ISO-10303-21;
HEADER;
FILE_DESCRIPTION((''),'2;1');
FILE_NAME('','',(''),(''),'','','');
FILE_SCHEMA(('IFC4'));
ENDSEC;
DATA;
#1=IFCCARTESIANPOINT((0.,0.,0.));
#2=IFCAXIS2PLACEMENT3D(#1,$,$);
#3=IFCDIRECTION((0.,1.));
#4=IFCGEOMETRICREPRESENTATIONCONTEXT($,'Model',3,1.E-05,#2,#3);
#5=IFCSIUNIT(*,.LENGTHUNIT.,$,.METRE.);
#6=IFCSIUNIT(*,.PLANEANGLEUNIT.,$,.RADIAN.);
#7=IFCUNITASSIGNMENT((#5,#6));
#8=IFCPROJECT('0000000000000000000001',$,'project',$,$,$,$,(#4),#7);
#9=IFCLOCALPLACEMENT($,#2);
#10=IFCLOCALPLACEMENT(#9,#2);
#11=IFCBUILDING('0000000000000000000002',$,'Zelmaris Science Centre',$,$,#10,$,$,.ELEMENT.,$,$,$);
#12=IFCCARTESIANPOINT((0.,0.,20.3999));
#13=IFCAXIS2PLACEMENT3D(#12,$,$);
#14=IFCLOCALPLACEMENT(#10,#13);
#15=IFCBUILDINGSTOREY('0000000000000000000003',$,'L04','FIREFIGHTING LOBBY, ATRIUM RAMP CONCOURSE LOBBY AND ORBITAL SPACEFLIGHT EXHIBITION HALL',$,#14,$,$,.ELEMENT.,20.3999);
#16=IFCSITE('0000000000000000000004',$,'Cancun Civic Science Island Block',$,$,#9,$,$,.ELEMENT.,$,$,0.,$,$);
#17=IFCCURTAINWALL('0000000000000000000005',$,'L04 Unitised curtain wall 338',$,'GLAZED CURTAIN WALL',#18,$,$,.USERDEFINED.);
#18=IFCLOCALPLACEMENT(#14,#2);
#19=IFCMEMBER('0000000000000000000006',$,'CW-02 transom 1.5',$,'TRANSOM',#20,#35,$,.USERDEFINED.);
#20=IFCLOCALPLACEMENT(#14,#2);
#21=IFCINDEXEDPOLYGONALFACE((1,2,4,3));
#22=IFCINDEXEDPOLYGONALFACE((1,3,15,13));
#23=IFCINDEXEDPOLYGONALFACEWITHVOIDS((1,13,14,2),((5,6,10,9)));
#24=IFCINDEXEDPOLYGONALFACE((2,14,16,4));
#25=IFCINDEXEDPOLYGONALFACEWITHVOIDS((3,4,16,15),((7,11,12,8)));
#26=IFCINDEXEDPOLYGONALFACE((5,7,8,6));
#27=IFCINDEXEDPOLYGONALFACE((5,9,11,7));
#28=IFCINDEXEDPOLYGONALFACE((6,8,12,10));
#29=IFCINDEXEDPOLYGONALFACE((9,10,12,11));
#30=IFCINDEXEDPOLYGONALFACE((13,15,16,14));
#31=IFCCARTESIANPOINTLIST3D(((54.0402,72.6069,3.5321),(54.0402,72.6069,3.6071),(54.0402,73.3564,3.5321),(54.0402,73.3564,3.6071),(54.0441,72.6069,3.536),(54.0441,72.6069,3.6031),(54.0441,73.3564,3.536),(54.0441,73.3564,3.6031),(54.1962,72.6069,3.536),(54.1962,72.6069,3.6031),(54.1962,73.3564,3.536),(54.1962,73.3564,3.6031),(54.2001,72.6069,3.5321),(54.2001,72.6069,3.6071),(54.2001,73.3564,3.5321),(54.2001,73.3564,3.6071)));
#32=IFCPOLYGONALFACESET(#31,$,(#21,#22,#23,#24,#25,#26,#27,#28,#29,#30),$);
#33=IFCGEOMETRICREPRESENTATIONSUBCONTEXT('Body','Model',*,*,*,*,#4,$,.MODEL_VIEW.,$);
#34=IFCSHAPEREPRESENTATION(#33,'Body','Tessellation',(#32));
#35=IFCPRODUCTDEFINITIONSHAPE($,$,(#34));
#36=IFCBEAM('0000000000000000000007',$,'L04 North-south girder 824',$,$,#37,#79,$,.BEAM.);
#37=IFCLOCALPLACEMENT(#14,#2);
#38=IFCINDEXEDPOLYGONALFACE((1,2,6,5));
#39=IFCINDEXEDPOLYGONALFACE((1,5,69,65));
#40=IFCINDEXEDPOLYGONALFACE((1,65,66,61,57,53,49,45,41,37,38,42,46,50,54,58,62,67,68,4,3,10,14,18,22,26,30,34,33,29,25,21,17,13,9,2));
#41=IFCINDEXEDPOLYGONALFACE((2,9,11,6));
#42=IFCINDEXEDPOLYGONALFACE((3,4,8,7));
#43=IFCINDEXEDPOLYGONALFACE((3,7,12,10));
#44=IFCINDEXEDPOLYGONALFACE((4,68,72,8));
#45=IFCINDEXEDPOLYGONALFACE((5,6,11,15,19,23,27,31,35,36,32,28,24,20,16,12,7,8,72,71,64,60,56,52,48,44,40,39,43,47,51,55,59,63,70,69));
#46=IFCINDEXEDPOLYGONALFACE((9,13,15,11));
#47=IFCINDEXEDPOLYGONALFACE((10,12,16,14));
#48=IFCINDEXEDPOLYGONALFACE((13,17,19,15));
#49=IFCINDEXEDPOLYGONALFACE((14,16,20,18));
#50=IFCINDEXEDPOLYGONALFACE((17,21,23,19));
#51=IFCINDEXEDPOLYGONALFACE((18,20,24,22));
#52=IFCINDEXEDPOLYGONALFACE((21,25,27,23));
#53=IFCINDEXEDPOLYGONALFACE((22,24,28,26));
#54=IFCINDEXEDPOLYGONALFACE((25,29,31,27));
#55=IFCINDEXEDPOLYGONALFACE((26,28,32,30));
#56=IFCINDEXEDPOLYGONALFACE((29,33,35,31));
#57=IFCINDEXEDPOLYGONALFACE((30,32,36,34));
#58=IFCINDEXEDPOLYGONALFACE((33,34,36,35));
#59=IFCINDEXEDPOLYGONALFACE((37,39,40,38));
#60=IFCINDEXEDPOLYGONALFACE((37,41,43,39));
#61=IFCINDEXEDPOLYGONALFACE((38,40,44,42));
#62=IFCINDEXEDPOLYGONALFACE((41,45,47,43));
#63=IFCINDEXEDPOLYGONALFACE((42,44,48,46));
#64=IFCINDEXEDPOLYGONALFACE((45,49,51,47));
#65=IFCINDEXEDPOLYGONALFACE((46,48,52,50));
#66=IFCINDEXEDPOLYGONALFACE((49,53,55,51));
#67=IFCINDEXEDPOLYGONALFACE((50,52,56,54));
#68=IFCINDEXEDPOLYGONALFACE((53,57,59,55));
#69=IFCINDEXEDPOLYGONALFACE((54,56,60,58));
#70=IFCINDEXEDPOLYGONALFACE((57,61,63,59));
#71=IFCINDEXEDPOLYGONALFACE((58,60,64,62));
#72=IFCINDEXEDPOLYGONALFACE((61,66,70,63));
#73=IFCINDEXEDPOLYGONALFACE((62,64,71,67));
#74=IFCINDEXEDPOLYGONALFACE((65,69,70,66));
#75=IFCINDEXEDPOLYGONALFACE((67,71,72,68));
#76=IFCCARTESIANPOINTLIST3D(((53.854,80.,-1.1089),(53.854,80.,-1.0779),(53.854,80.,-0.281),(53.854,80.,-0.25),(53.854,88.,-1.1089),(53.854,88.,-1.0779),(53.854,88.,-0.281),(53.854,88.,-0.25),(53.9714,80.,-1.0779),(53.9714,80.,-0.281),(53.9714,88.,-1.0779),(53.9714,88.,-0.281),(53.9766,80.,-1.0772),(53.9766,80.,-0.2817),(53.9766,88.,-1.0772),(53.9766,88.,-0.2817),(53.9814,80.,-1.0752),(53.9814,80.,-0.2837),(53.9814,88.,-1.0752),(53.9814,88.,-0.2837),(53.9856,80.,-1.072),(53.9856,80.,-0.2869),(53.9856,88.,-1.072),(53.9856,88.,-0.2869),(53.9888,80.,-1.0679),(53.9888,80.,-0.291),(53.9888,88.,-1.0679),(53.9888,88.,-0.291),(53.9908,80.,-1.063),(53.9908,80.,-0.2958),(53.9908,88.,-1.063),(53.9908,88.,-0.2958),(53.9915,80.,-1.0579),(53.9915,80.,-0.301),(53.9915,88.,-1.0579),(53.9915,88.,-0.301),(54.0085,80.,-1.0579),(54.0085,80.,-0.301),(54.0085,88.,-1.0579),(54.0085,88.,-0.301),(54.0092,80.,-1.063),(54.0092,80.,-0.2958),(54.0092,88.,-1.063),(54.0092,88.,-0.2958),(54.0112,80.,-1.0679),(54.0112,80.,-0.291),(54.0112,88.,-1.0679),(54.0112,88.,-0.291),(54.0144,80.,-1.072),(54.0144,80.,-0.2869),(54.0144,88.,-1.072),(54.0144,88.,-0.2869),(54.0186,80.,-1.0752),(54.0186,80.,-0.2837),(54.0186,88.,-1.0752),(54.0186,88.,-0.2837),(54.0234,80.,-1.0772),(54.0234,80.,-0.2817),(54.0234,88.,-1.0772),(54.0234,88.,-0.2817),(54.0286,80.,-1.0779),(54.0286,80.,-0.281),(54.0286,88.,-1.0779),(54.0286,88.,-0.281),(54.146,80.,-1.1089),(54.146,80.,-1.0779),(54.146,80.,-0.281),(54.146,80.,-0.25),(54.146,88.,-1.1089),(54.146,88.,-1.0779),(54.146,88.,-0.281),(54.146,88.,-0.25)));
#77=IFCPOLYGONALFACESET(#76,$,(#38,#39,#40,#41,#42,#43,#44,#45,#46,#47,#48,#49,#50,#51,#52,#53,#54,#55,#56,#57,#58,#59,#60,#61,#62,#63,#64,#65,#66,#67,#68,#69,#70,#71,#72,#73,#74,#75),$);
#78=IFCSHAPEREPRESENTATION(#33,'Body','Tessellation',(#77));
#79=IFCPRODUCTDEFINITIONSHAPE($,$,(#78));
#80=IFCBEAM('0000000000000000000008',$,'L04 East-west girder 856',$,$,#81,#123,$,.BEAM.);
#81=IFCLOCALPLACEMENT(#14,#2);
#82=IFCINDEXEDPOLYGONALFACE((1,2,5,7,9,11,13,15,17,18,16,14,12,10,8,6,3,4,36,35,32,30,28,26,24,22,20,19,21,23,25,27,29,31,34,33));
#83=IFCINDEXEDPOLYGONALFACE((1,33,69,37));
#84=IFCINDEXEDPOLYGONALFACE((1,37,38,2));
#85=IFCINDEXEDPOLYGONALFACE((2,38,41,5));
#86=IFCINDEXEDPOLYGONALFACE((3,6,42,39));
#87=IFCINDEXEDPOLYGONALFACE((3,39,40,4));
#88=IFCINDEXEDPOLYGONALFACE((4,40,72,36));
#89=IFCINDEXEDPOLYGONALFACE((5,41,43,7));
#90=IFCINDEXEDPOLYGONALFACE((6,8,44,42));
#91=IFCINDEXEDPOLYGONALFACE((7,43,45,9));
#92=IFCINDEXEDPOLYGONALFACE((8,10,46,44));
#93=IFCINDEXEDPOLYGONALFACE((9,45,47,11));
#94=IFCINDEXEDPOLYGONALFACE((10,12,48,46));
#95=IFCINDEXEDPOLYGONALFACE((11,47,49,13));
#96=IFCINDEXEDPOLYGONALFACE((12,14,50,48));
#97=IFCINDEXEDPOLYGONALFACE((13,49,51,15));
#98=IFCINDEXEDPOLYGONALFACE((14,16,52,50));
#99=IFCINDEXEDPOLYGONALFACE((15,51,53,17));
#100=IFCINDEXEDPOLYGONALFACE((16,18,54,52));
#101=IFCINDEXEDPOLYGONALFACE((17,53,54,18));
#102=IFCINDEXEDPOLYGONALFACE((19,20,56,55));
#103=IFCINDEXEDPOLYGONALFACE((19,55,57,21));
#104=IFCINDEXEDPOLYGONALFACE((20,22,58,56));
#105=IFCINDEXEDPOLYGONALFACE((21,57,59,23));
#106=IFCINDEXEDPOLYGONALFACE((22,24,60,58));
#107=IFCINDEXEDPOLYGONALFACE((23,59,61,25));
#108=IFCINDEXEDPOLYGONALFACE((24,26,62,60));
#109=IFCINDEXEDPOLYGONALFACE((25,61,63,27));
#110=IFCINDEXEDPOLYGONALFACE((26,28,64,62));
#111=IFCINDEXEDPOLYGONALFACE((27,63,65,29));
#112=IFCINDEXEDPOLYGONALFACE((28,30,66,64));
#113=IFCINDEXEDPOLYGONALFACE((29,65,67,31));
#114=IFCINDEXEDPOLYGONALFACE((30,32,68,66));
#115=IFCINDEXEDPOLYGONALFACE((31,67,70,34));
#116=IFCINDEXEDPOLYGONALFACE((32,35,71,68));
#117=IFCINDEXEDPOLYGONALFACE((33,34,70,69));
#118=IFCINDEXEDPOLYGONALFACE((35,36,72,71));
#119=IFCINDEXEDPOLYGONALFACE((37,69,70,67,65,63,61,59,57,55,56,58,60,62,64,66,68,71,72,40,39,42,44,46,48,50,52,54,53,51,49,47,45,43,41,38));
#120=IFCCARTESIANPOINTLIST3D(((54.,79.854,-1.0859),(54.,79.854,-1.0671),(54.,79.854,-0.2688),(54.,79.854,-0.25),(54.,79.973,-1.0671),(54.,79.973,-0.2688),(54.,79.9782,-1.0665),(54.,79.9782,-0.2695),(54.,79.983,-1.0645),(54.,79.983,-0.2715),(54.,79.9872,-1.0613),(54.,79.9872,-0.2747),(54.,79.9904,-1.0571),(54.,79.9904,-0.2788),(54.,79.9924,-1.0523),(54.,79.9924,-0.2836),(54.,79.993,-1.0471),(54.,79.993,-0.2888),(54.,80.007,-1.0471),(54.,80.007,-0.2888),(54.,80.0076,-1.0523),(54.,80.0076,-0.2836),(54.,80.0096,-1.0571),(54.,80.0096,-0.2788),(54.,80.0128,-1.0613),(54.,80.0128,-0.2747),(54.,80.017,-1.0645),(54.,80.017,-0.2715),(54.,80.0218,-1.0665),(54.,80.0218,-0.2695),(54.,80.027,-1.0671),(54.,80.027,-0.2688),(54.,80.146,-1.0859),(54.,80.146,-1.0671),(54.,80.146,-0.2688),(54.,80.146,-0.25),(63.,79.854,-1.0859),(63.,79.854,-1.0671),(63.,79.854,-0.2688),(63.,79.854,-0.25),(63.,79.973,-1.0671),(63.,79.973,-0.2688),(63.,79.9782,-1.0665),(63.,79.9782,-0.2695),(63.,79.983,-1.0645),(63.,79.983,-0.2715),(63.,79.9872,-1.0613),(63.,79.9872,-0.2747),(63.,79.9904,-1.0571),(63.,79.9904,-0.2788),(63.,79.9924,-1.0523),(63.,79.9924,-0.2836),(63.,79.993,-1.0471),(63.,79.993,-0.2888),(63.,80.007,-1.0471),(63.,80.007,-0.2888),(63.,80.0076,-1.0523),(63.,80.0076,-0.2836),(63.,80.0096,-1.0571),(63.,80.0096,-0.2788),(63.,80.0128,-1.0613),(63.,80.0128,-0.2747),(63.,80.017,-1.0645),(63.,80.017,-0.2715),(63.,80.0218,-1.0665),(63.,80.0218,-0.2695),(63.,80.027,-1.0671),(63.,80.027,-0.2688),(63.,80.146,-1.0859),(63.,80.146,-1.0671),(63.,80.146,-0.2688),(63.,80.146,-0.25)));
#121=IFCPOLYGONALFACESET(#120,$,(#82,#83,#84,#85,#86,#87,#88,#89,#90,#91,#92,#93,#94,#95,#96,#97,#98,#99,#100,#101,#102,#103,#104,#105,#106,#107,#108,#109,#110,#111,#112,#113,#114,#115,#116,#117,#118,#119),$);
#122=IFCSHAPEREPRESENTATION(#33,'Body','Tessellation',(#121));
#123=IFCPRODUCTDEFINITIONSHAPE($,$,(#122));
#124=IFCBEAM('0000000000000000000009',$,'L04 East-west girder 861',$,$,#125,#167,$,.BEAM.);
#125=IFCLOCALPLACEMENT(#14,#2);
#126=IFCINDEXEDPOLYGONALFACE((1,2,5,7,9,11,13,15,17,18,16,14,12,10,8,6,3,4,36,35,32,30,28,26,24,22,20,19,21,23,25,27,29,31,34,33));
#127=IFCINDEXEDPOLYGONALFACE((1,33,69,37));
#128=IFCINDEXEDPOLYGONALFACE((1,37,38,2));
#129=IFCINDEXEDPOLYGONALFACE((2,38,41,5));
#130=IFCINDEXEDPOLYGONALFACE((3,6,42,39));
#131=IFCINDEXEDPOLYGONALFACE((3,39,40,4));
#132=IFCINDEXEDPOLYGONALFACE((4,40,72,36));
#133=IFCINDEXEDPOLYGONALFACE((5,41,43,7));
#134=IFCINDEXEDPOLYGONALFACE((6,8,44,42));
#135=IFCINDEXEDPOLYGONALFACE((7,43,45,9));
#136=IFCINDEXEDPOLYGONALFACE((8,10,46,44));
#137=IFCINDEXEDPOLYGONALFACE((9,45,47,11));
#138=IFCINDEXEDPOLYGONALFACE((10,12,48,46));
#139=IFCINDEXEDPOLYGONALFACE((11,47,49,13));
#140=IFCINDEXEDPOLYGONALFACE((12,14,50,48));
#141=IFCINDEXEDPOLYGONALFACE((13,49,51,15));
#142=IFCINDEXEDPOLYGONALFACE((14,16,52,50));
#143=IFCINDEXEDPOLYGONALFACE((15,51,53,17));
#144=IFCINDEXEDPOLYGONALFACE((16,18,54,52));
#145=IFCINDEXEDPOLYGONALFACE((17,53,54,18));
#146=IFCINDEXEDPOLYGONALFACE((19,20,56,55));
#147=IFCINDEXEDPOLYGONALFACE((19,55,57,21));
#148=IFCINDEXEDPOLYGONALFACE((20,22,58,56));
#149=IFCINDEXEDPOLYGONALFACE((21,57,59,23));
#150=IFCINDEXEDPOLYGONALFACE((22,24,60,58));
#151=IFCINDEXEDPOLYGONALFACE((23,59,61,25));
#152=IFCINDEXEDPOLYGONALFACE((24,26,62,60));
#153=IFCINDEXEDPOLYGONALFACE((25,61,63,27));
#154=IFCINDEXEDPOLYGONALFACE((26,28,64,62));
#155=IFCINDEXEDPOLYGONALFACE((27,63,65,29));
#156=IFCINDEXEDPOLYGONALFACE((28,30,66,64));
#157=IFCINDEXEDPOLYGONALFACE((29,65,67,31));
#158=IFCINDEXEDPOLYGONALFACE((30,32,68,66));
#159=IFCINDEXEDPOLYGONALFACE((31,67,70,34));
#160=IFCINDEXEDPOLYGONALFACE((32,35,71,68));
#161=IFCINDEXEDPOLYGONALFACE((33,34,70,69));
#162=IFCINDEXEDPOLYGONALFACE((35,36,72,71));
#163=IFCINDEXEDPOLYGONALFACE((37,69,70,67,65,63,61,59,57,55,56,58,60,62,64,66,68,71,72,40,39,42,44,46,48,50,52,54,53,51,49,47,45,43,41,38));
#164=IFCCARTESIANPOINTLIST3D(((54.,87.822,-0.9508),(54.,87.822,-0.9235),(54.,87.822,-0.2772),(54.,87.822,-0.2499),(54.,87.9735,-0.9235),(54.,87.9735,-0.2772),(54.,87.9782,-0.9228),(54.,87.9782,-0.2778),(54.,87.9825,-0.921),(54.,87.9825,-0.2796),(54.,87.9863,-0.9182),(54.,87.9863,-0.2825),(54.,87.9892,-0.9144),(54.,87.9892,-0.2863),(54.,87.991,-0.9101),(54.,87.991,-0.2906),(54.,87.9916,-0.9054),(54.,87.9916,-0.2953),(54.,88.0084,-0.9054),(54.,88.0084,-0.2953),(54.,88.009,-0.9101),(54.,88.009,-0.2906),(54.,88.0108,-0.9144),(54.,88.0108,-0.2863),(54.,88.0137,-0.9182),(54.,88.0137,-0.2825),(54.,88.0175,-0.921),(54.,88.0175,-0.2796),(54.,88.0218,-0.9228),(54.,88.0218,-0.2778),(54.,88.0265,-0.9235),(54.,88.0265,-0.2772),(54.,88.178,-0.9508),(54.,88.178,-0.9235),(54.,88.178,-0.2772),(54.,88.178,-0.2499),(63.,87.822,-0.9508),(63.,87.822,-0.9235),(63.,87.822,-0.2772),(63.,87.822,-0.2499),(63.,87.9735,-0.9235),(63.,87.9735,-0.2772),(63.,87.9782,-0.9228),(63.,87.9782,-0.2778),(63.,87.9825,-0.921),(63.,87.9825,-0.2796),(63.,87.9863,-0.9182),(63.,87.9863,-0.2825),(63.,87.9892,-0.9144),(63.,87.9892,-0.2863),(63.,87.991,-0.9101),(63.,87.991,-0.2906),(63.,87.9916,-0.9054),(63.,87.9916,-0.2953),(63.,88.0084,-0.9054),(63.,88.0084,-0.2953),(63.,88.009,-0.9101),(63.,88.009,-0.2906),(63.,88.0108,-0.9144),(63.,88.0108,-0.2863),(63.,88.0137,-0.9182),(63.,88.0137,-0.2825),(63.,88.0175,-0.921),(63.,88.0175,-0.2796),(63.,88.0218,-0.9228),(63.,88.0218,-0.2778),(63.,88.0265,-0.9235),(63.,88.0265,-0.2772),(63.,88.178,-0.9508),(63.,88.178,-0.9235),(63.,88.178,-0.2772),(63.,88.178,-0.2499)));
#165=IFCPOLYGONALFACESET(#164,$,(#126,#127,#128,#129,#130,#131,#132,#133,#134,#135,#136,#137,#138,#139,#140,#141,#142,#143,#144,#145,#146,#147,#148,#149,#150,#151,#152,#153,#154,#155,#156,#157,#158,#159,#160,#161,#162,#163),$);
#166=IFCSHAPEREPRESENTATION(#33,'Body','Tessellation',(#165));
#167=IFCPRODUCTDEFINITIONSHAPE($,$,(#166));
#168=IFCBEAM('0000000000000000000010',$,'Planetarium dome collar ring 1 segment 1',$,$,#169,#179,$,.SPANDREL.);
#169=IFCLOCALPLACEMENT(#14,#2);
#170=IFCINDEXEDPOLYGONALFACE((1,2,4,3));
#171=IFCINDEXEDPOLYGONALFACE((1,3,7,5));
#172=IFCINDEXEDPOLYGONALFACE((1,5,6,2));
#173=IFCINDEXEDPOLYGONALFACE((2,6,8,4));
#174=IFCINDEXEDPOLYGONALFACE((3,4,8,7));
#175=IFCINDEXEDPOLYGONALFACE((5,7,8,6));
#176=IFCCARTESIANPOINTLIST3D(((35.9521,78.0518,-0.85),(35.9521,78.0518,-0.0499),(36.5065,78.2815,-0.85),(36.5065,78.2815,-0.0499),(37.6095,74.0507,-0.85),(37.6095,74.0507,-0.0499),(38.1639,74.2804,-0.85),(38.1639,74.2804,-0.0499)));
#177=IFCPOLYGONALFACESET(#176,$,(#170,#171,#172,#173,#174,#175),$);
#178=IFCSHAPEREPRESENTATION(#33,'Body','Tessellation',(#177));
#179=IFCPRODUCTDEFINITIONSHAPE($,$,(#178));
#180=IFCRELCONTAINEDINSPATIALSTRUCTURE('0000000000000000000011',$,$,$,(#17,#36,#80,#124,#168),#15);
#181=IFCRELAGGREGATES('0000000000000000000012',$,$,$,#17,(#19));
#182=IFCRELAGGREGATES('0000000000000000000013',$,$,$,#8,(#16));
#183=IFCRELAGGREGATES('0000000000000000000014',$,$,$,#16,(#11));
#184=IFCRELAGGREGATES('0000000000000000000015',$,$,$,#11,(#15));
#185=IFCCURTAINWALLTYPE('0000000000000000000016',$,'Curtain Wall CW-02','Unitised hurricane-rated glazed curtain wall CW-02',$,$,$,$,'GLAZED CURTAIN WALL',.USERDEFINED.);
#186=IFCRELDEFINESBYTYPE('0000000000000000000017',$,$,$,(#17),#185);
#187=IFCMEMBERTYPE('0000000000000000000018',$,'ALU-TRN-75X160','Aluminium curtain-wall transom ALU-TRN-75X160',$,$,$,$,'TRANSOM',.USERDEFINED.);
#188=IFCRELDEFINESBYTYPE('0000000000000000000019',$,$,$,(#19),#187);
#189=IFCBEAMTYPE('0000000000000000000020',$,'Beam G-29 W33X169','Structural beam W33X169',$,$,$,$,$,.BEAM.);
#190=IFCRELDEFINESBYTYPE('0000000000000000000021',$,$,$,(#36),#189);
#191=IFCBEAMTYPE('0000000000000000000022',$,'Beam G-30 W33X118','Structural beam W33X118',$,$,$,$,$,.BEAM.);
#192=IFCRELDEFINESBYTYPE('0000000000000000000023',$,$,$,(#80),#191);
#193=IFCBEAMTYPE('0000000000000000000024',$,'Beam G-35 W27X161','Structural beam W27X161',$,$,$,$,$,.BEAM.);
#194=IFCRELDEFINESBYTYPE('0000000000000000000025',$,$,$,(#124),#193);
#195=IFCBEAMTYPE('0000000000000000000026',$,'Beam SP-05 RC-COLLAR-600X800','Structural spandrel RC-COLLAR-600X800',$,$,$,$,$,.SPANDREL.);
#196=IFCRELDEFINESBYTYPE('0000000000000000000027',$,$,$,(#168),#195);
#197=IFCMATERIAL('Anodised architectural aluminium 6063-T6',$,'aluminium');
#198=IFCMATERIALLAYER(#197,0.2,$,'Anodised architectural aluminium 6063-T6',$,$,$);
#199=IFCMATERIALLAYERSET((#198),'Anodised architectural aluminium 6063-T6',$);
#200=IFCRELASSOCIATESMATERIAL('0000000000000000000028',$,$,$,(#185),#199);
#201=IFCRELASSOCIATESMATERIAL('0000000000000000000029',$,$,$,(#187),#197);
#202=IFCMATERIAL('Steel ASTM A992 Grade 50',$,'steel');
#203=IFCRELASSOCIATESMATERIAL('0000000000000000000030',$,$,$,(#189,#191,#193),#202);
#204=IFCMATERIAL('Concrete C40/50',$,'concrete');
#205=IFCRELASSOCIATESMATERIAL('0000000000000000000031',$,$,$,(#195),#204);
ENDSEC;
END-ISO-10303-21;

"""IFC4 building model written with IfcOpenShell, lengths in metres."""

from ifc_helpers import new_model, si_unit, direction, frame, origin, origin_2d, place, context, subcontext, project, spatial, rectangle, hollow_rectangle, i_section, extrude, material, layer, layer_set, material_profile, profile_set, type_object, element, aggregate, save


model = new_model("IFC4")

# Units and contexts
model_context = context("Model", 3, precision=1e-05, world=origin(), true_north=direction((0.0, 1.0)))
body_context = subcontext(model_context, "Body", "Model", "MODEL_VIEW")
ifc_project = project(units=[si_unit("LENGTHUNIT", "METRE"), si_unit("PLANEANGLEUNIT", "RADIAN")], contexts=[model_context])

# Site, building, storey
site_placement = place(None, origin())
site = spatial("IfcSite", under=ifc_project, at=site_placement, Name="Cancun Civic Science Island Block", CompositionType="ELEMENT", RefElevation=0.0)
building_placement = place(site_placement, origin())
building = spatial("IfcBuilding", under=site, at=building_placement, Name="Zelmaris Science Centre", CompositionType="ELEMENT")
storey_placement = place(building_placement, frame((0.0, 0.0, 20.3999)))
storey = spatial("IfcBuildingStorey", under=building, at=storey_placement, Name="L04", Description="FIREFIGHTING LOBBY, ATRIUM RAMP CONCOURSE LOBBY AND ORBITAL SPACEFLIGHT EXHIBITION HALL", CompositionType="ELEMENT", Elevation=20.3999)

# Shared definitions
ifc_material_1 = material(Name="Steel ASTM A992 Grade 50", Category="steel")

# Curtain wall, member
ifc_material_2 = material(Name="Anodised architectural aluminium 6063-T6", Category="aluminium")
ifc_layer_1 = layer(ifc_material_2, 0.2, Name="Anodised architectural aluminium 6063-T6")
ifc_layer_set_1 = layer_set([ifc_layer_1], Name="Anodised architectural aluminium 6063-T6")
curtain_wall_type = type_object("IfcCurtainWallType", Name="Curtain Wall CW-02", Description="Unitised hurricane-rated glazed curtain wall CW-02", ElementType="GLAZED CURTAIN WALL", PredefinedType="USERDEFINED", material=ifc_layer_set_1)
curtain_wall_placement = place(storey_placement, origin())
curtain_wall = element("IfcCurtainWall", 1, at=curtain_wall_placement, inside=storey, type_object=curtain_wall_type, Name="L04 Unitised curtain wall 338", ObjectType="GLAZED CURTAIN WALL", PredefinedType="USERDEFINED")
ifc_material_profile_1 = material_profile(ifc_material_2, hollow_rectangle(XDim=0.075, YDim=0.1599, WallThickness=0.0039, at=origin_2d()), Name="ALU-TRN-75X160")
ifc_profile_set_1 = profile_set([ifc_material_profile_1], Name="Anodised architectural aluminium 6063-T6")
member_type_1 = type_object("IfcMemberType", Name="ALU-TRN-75X160", Description="Aluminium curtain-wall transom ALU-TRN-75X160", ElementType="TRANSOM", PredefinedType="USERDEFINED", material=ifc_profile_set_1)
member_1_placement = place(storey_placement, frame((54.1201, 72.6069, 3.5696), z_axis=(0.0, 1.0, 0.0), x_axis=(0.0, 0.0, 1.0)))
member_1 = element("IfcMember", 2, at=member_1_placement, type_object=member_type_1, Name="CW-02 transom 1.5", ObjectType="TRANSOM", PredefinedType="USERDEFINED", context=body_context, shape_type="SweptSolid", body=[
    extrude(hollow_rectangle(XDim=0.075, YDim=0.1599, WallThickness=0.0039, at=origin_2d()), origin(), (0.0, 0.0, 1.0), 0.7495),
])

# Beams
ifc_material_profile_2 = material_profile(ifc_material_1, i_section(OverallWidth=0.292, OverallDepth=0.8589, WebThickness=0.0171, FlangeThickness=0.031, FilletRadius=0.02, at=origin_2d()), Name="W33X169")
ifc_profile_set_2 = profile_set([ifc_material_profile_2], Name="Steel ASTM A992 Grade 50")
beam_type_1 = type_object("IfcBeamType", Name="Beam G-29 W33X169", Description="Structural beam W33X169", PredefinedType="BEAM", material=ifc_profile_set_2)
beam_1_placement = place(storey_placement, frame((54.0, 80.0, -0.6794), z_axis=(0.0, 1.0, 0.0), x_axis=(-1.0, 0.0, 0.0)))
element("IfcBeam", 3, at=beam_1_placement, inside=storey, type_object=beam_type_1, Name="L04 North-south girder 824", PredefinedType="BEAM", context=body_context, shape_type="SweptSolid", body=[
    extrude(i_section(OverallWidth=0.292, OverallDepth=0.8589, WebThickness=0.0171, FlangeThickness=0.031, FilletRadius=0.02, at=origin_2d()), origin(), (0.0, 0.0, 1.0), 8.0),
])
ifc_material_profile_3 = material_profile(ifc_material_1, i_section(OverallWidth=0.292, OverallDepth=0.8359, WebThickness=0.0139, FlangeThickness=0.0188, FilletRadius=0.02, at=origin_2d()), Name="W33X118")
ifc_profile_set_3 = profile_set([ifc_material_profile_3], Name="Steel ASTM A992 Grade 50")
beam_type_2 = type_object("IfcBeamType", Name="Beam G-30 W33X118", Description="Structural beam W33X118", PredefinedType="BEAM", material=ifc_profile_set_3)
beam_2_placement = place(storey_placement, frame((54.0, 80.0, -0.668), z_axis=(1.0, 0.0, 0.0), x_axis=(0.0, 1.0, 0.0)))
element("IfcBeam", 4, at=beam_2_placement, inside=storey, type_object=beam_type_2, Name="L04 East-west girder 856", PredefinedType="BEAM", context=body_context, shape_type="SweptSolid", body=[
    extrude(i_section(OverallWidth=0.292, OverallDepth=0.8359, WebThickness=0.0139, FlangeThickness=0.0188, FilletRadius=0.02, at=origin_2d()), origin(), (0.0, 0.0, 1.0), 9.0),
])
ifc_material_profile_4 = material_profile(ifc_material_1, i_section(OverallWidth=0.356, OverallDepth=0.7009, WebThickness=0.0168, FlangeThickness=0.0273, FilletRadius=0.0181, at=origin_2d()), Name="W27X161")
ifc_profile_set_4 = profile_set([ifc_material_profile_4], Name="Steel ASTM A992 Grade 50")
beam_type_3 = type_object("IfcBeamType", Name="Beam G-35 W27X161", Description="Structural beam W27X161", PredefinedType="BEAM", material=ifc_profile_set_4)
beam_3_placement = place(storey_placement, frame((54.0, 88.0, -0.6003), z_axis=(1.0, 0.0, 0.0), x_axis=(0.0, 1.0, 0.0)))
element("IfcBeam", 5, at=beam_3_placement, inside=storey, type_object=beam_type_3, Name="L04 East-west girder 861", PredefinedType="BEAM", context=body_context, shape_type="SweptSolid", body=[
    extrude(i_section(OverallWidth=0.356, OverallDepth=0.7009, WebThickness=0.0168, FlangeThickness=0.0273, FilletRadius=0.0181, at=origin_2d()), origin(), (0.0, 0.0, 1.0), 9.0),
])
ifc_material_3 = material(Name="Concrete C40/50", Category="concrete")
ifc_material_profile_5 = material_profile(ifc_material_3, rectangle(XDim=0.6001, YDim=0.8, at=origin_2d()), Name="RC-COLLAR-600X800")
ifc_profile_set_5 = profile_set([ifc_material_profile_5], Name="Concrete C40/50")
beam_type_4 = type_object("IfcBeamType", Name="Beam SP-05 RC-COLLAR-600X800", Description="Structural spandrel RC-COLLAR-600X800", PredefinedType="SPANDREL", material=ifc_profile_set_5)
beam_4_placement = place(storey_placement, frame((37.8867, 74.1655, -0.45), z_axis=(-0.382705, 0.92387, 0.0), x_axis=(-0.92387, -0.382705, 0.0)))
element("IfcBeam", 6, at=beam_4_placement, inside=storey, type_object=beam_type_4, Name="Planetarium dome collar ring 1 segment 1", PredefinedType="SPANDREL", context=body_context, shape_type="SweptSolid", body=[
    extrude(rectangle(XDim=0.6001, YDim=0.8, at=origin_2d()), origin(), (0.0, 0.0, 1.0), 4.3308),
])

aggregate(curtain_wall, [member_1])

save(model, "model.ifc")
